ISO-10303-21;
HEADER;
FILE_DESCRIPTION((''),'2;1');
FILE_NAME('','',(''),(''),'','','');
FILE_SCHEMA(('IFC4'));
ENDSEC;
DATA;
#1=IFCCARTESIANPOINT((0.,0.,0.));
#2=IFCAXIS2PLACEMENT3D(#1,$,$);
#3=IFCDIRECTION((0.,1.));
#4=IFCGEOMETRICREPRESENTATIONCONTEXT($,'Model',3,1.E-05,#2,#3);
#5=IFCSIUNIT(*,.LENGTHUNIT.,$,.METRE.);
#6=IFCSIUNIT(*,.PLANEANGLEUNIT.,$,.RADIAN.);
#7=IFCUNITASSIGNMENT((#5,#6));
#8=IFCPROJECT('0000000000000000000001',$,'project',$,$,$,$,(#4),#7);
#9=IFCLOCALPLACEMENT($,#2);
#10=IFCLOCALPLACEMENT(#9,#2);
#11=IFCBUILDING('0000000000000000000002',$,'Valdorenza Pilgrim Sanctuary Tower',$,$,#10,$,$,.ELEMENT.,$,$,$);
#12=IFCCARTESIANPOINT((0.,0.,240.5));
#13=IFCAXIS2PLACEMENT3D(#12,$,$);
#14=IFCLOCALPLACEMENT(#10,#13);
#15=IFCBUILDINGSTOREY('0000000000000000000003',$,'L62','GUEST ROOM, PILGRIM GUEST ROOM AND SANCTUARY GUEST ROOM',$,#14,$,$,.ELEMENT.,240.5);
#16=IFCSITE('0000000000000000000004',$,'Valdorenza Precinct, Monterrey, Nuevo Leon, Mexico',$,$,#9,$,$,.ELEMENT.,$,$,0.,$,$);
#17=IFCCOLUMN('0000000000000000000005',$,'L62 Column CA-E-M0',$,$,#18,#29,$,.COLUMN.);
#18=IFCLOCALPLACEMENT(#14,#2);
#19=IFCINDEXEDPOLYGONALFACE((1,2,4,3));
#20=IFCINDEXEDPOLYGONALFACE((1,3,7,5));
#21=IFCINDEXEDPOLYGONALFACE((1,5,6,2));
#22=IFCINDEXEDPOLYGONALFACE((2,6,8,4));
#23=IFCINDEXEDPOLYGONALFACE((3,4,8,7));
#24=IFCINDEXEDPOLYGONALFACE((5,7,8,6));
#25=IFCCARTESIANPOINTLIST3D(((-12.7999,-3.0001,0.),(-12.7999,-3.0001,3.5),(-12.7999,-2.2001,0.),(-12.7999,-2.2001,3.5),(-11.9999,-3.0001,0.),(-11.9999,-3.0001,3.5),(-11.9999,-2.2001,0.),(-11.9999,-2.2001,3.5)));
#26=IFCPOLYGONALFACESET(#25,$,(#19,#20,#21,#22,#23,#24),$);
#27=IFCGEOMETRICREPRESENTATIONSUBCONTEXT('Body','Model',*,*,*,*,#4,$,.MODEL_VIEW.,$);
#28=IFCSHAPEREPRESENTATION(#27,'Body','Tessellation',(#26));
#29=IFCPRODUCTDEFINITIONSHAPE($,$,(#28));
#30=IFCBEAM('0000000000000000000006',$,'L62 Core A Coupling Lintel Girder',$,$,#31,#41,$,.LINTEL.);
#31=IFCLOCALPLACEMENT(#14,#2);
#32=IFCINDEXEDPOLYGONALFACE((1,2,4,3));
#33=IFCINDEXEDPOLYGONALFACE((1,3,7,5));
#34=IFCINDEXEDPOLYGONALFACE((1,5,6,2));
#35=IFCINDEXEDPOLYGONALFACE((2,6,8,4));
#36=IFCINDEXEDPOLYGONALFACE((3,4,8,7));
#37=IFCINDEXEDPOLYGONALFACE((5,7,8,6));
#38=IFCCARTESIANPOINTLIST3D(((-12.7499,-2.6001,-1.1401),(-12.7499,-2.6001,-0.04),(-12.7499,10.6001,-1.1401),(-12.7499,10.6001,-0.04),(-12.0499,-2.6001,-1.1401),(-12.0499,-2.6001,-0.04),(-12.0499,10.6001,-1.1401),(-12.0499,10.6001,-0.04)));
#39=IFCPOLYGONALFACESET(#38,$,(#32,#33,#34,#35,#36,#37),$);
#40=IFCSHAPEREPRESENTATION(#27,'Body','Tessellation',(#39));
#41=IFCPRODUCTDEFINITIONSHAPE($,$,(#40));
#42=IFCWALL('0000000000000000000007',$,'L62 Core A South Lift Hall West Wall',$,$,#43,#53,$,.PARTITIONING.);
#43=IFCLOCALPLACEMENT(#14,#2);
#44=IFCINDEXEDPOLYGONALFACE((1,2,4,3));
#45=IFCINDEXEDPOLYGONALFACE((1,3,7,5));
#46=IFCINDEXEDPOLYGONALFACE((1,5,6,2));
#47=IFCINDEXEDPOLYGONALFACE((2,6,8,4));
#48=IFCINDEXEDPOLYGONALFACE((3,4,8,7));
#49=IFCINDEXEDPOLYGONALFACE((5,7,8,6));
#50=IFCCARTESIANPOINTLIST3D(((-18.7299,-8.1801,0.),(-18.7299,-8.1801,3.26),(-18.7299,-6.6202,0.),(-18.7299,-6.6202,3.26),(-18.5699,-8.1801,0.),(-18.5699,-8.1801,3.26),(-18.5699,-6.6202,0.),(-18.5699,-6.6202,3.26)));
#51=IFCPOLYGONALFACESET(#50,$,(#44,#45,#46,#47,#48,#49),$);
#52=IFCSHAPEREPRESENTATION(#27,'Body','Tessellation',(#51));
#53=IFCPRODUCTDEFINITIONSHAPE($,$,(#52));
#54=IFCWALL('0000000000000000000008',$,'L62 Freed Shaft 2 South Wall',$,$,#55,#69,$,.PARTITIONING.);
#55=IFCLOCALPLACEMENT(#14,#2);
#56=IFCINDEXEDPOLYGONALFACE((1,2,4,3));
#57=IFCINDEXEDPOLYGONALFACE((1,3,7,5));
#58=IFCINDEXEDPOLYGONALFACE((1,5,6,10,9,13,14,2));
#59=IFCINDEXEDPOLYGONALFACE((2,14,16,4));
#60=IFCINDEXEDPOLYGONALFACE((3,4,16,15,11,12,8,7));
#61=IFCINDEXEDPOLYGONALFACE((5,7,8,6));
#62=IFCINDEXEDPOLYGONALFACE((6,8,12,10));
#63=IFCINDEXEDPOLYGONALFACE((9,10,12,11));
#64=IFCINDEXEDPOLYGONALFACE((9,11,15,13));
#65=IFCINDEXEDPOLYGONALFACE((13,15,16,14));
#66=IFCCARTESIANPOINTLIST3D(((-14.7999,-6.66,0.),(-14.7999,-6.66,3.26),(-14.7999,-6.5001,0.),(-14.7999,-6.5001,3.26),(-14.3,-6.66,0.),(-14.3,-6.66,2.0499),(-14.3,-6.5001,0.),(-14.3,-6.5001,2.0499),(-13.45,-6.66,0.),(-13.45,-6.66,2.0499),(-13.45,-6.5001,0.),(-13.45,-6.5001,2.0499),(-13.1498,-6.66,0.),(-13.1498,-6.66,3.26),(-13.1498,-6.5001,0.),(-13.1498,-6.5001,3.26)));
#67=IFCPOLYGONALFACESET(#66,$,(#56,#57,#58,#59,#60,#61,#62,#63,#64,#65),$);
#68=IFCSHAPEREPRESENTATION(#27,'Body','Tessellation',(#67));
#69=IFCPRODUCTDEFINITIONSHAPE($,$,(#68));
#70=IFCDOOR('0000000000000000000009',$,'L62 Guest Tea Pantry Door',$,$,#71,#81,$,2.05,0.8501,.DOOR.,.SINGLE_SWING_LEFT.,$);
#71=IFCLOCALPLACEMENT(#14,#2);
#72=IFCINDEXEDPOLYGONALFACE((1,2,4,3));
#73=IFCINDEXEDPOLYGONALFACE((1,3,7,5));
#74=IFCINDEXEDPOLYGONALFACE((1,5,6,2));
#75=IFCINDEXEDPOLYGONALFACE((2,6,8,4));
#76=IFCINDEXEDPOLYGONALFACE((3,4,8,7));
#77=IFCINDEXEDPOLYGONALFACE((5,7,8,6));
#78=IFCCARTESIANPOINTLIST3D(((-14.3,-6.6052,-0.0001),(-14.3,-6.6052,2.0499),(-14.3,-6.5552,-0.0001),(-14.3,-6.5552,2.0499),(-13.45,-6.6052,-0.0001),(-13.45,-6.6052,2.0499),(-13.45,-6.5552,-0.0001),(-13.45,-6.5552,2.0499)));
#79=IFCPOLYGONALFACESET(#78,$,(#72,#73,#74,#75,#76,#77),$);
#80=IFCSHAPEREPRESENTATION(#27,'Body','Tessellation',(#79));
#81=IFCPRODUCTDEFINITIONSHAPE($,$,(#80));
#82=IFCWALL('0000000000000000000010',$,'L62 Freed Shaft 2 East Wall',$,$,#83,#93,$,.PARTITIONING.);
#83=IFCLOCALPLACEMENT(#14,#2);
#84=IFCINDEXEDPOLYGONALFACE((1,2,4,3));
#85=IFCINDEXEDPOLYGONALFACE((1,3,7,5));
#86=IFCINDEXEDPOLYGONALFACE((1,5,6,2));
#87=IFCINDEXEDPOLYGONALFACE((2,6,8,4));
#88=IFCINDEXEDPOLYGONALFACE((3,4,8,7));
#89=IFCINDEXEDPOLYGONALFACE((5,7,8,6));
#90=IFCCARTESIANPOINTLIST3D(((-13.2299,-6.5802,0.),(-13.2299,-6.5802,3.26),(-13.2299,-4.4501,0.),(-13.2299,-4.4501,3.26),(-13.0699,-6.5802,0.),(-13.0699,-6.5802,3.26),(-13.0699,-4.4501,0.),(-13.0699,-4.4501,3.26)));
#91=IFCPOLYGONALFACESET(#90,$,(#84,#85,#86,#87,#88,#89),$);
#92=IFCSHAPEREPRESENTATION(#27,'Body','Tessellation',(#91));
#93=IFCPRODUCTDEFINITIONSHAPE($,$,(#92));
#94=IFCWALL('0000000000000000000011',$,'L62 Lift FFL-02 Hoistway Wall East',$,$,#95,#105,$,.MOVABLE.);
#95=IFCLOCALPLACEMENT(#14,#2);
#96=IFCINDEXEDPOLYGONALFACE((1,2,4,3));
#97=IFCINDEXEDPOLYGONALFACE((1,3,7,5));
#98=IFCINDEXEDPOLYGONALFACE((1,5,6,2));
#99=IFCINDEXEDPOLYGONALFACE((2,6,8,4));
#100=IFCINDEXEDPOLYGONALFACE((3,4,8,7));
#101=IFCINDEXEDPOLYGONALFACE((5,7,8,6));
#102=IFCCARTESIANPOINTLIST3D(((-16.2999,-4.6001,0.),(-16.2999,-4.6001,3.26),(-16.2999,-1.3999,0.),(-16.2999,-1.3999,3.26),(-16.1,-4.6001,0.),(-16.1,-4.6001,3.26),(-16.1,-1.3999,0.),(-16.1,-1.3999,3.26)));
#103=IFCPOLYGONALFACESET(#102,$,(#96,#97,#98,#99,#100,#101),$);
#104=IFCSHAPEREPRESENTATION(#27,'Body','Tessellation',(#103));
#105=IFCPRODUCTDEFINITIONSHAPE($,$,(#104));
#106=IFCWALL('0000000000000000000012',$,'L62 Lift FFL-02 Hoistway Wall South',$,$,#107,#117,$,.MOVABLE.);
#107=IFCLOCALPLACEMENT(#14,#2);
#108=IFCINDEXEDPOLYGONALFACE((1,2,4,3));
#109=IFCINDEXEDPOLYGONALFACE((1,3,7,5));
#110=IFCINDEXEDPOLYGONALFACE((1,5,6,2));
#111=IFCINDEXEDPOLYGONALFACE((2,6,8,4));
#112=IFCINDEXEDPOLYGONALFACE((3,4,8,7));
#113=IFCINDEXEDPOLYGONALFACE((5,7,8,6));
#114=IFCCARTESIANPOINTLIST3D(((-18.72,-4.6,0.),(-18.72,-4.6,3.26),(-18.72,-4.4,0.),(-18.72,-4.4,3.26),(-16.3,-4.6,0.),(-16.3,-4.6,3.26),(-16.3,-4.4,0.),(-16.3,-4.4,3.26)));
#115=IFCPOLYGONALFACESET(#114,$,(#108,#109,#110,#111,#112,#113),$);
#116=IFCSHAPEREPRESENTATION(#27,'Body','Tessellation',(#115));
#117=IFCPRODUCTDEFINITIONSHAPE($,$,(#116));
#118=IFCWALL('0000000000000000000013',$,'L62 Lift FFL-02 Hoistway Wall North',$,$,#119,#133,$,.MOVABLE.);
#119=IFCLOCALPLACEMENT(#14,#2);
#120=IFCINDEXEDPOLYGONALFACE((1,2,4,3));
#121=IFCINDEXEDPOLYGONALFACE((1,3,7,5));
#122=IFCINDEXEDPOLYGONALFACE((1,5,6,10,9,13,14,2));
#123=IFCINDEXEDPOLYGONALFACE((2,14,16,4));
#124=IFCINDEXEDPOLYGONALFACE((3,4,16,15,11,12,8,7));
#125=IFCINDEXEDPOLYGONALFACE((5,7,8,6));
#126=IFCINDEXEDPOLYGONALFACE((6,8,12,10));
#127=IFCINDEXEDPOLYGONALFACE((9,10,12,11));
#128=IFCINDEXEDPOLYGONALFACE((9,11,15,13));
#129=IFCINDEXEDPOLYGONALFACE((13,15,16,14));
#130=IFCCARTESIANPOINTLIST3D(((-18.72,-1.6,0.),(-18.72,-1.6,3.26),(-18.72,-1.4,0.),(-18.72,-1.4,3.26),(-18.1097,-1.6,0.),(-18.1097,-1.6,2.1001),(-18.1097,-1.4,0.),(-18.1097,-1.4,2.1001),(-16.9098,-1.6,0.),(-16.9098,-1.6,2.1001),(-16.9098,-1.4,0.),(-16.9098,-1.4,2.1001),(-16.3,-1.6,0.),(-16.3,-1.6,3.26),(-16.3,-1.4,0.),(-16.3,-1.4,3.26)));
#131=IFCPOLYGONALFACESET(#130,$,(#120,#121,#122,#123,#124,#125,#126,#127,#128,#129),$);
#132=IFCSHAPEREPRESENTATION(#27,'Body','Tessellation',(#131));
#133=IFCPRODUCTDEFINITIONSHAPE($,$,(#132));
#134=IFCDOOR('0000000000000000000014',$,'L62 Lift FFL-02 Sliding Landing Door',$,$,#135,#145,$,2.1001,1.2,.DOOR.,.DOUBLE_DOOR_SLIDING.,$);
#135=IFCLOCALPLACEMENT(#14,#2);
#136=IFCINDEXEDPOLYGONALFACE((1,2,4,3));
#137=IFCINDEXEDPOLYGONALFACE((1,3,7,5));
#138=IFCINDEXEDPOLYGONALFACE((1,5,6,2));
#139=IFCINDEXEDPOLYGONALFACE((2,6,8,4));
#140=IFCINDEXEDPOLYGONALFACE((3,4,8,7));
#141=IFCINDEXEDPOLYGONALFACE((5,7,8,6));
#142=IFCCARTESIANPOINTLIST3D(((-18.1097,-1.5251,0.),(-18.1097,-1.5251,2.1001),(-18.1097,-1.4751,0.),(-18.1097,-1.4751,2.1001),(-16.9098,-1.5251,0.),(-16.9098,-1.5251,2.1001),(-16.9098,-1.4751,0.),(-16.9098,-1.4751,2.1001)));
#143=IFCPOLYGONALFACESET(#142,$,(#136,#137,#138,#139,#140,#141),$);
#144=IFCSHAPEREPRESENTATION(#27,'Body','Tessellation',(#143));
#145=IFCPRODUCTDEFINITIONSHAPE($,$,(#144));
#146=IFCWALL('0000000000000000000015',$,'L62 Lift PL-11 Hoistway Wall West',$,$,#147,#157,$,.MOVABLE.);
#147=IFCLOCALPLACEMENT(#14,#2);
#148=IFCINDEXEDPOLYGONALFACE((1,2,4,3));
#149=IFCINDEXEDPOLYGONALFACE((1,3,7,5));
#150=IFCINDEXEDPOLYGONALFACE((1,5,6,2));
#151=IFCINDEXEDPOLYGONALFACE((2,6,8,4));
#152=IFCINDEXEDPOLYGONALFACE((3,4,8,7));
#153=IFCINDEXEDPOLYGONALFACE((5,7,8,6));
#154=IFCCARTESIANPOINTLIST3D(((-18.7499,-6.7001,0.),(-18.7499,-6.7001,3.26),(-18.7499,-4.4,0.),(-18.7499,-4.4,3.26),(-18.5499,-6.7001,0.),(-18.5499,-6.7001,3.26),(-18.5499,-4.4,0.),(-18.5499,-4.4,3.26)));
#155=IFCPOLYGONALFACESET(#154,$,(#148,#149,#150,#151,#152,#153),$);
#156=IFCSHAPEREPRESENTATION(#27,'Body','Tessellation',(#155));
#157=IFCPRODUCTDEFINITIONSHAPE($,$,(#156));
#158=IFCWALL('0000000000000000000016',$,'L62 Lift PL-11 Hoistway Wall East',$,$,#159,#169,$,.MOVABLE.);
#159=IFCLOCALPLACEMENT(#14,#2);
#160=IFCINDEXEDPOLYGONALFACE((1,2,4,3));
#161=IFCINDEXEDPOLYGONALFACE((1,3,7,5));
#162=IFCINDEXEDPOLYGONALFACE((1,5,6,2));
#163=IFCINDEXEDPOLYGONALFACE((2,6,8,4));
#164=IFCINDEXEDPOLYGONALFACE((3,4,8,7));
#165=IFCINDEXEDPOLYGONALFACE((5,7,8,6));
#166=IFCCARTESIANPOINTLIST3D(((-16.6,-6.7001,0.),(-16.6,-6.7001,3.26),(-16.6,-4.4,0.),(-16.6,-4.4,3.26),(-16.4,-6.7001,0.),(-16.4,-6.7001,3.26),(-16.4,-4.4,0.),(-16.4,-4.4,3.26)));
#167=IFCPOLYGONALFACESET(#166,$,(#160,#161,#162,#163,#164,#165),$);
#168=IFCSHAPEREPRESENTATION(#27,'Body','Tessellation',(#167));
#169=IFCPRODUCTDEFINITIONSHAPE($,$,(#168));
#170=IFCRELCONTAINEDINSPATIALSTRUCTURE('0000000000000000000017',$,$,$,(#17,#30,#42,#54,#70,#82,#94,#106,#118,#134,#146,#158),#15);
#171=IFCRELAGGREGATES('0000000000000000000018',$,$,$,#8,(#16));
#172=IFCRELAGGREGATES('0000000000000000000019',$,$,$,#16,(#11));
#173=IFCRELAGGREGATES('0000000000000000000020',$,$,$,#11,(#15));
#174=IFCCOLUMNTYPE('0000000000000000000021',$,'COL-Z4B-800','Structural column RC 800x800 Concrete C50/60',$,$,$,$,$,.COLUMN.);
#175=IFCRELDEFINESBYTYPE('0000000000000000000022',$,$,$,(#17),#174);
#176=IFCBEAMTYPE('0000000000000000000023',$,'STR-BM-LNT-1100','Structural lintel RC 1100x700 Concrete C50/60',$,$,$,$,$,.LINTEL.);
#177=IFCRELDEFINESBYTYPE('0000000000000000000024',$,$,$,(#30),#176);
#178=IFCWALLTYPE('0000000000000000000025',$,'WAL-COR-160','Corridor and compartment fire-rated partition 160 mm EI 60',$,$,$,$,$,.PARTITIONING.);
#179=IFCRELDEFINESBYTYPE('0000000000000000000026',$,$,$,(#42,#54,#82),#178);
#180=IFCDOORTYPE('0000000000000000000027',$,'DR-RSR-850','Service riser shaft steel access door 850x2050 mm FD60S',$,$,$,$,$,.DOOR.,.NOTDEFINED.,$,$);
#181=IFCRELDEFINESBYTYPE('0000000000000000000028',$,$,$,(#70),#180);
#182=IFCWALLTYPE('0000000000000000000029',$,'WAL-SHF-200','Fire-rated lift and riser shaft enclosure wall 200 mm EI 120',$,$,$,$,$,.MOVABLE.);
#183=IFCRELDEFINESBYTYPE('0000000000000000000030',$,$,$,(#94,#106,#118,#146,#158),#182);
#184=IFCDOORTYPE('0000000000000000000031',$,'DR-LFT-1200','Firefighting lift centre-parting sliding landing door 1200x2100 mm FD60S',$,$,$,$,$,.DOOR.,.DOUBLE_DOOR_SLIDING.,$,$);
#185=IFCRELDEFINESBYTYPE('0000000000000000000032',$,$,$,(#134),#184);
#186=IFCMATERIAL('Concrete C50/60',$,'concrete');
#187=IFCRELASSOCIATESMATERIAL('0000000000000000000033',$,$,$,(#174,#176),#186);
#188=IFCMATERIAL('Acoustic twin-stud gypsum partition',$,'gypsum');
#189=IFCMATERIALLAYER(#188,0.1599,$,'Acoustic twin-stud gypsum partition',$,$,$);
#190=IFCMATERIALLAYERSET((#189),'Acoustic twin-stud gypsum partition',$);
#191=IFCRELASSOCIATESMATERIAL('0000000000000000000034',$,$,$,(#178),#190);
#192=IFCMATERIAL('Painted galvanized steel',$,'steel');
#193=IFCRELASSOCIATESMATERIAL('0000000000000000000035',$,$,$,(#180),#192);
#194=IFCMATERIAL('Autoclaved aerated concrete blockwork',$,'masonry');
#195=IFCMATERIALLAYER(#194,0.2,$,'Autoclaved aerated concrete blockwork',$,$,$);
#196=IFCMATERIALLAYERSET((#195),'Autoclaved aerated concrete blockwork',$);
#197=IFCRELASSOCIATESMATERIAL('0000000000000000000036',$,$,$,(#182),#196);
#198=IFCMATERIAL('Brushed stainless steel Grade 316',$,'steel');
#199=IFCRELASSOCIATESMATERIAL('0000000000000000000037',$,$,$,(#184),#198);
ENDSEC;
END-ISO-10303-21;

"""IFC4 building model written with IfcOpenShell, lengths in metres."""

from ifc_helpers import new_model, si_unit, direction, frame, frame_2d, origin, origin_2d, place, context, subcontext, project, spatial, rectangle, extrude, source, transform, mapped, material, layer, layer_set, material_profile, profile_set, type_object, element, fill, save


model = new_model("IFC4")

# Units and contexts
model_context = context("Model", 3, precision=1e-05, world=origin(), true_north=direction((0.0, 1.0)))
body_context = subcontext(model_context, "Body", "Model", "MODEL_VIEW")
ifc_project = project(units=[si_unit("LENGTHUNIT", "METRE"), si_unit("PLANEANGLEUNIT", "RADIAN")], contexts=[model_context])

# Site, building, storey
site_placement = place(None, origin())
site = spatial("IfcSite", under=ifc_project, at=site_placement, Name="Valdorenza Precinct, Monterrey, Nuevo Leon, Mexico", CompositionType="ELEMENT", RefElevation=0.0)
building_placement = place(site_placement, origin())
building = spatial("IfcBuilding", under=site, at=building_placement, Name="Valdorenza Pilgrim Sanctuary Tower", CompositionType="ELEMENT")
storey_placement = place(building_placement, frame((0.0, 0.0, 240.5)))
storey = spatial("IfcBuildingStorey", under=building, at=storey_placement, Name="L62", Description="GUEST ROOM, PILGRIM GUEST ROOM AND SANCTUARY GUEST ROOM", CompositionType="ELEMENT", Elevation=240.5)

# Column
ifc_material_1 = material(Name="Concrete C50/60", Category="concrete")
ifc_material_profile_1 = material_profile(ifc_material_1, rectangle(XDim=0.8, YDim=0.8, at=origin_2d()), Name="RC 800x800")
ifc_profile_set_1 = profile_set([ifc_material_profile_1], Name="Concrete C50/60")
column_type = type_object("IfcColumnType", Name="COL-Z4B-800", Description="Structural column RC 800x800 Concrete C50/60", PredefinedType="COLUMN", material=ifc_profile_set_1)
shared_shape_1 = source(origin(), body_context, "Body", "SweptSolid", [
    extrude(rectangle(XDim=0.8, YDim=0.8, at=origin_2d()), origin(), (0.0, 0.0, 1.0), 3.5),
])
column_placement = place(storey_placement, frame((-12.3999, -2.6001, 0.0), z_axis=(0.0, 0.0, 1.0), x_axis=(1.0, 0.0, 0.0)))
element("IfcColumn", 1, at=column_placement, inside=storey, type_object=column_type, Name="L62 Column CA-E-M0", PredefinedType="COLUMN", context=body_context, shape_type="MappedRepresentation", body=[
    mapped(shared_shape_1, transform((0.0, 0.0, 0.0), x_axis=(1.0, 0.0, 0.0), y_axis=(0.0, 1.0, 0.0), z_axis=(0.0, 0.0, 1.0), scale=1.0)),
])

# Beam
ifc_material_profile_2 = material_profile(ifc_material_1, rectangle(XDim=0.7, YDim=1.1001, at=origin_2d()), Name="RC 1100x700")
ifc_profile_set_2 = profile_set([ifc_material_profile_2], Name="Concrete C50/60")
beam_type = type_object("IfcBeamType", Name="STR-BM-LNT-1100", Description="Structural lintel RC 1100x700 Concrete C50/60", PredefinedType="LINTEL", material=ifc_profile_set_2)
shared_shape_2 = source(origin(), body_context, "Body", "SweptSolid", [
    extrude(rectangle(XDim=0.7, YDim=1.1001, at=origin_2d()), origin(), (0.0, 0.0, 1.0), 13.2002),
])
beam_placement = place(storey_placement, frame((-12.3999, -2.6001, -0.5901), z_axis=(0.0, 1.0, 0.0), x_axis=(-1.0, 0.0, 0.0)))
element("IfcBeam", 2, at=beam_placement, inside=storey, type_object=beam_type, Name="L62 Core A Coupling Lintel Girder", PredefinedType="LINTEL", context=body_context, shape_type="MappedRepresentation", body=[
    mapped(shared_shape_2, transform((0.0, 0.0, 0.0), x_axis=(1.0, 0.0, 0.0), y_axis=(0.0, 1.0, 0.0), z_axis=(0.0, 0.0, 1.0), scale=1.0)),
])

# Wall
ifc_material_2 = material(Name="Acoustic twin-stud gypsum partition", Category="gypsum")
ifc_layer_1 = layer(ifc_material_2, 0.1599, Name="Acoustic twin-stud gypsum partition")
ifc_layer_set_1 = layer_set([ifc_layer_1], Name="Acoustic twin-stud gypsum partition")
wall_type_1 = type_object("IfcWallType", Name="WAL-COR-160", Description="Corridor and compartment fire-rated partition 160 mm EI 60", PredefinedType="PARTITIONING", material=ifc_layer_set_1)
wall_1_placement = place(storey_placement, frame((-18.6499, -8.1799, 0.0), z_axis=(0.0, 0.0, 1.0), x_axis=(0.0, 1.0, 0.0)))
element("IfcWall", 3, at=wall_1_placement, inside=storey, type_object=wall_type_1, Name="L62 Core A South Lift Hall West Wall", PredefinedType="PARTITIONING", context=body_context, shape_type="SweptSolid", body=[
    extrude(rectangle(XDim=1.5598, YDim=0.1599, at=frame_2d((0.7798, 0.0))), origin(), (0.0, 0.0, 1.0), 3.26),
])

# Wall, opening, door
wall_2_placement = place(storey_placement, frame((-14.8, -6.5801, 0.0), z_axis=(0.0, 0.0, 1.0), x_axis=(1.0, 0.0, 0.0)))
wall_2 = element("IfcWall", 4, at=wall_2_placement, inside=storey, type_object=wall_type_1, Name="L62 Freed Shaft 2 South Wall", PredefinedType="PARTITIONING", context=body_context, shape_type="SweptSolid", body=[
    extrude(rectangle(XDim=1.6501, YDim=0.1599, at=frame_2d((0.8252, 0.0))), origin(), (0.0, 0.0, 1.0), 3.26),
])
opening_1_placement = place(wall_2_placement, frame((0.5, 0.0, 0.0)))
opening_1 = element("IfcOpeningElement", 5, at=opening_1_placement, cuts=wall_2, PredefinedType="OPENING", context=body_context, shape_type="SweptSolid", body=[
    extrude(rectangle(XDim=0.8501, YDim=2.05, at=frame_2d((0.425, 1.0249))), frame((0.0, 0.0947, 0.0), z_axis=(0.0, -1.0, 0.0), x_axis=(1.0, 0.0, 0.0)), (0.0, 0.0, 1.0), 0.1897),
])
ifc_material_3 = material(Name="Painted galvanized steel", Category="steel")
door_type_1 = type_object("IfcDoorType", Name="DR-RSR-850", Description="Service riser shaft steel access door 850x2050 mm FD60S", OperationType="NOTDEFINED", PredefinedType="DOOR", material=ifc_material_3)
door_1_placement = place(opening_1_placement, origin())
door_1 = element("IfcDoor", 6, at=door_1_placement, inside=storey, type_object=door_type_1, Name="L62 Guest Tea Pantry Door", OperationType="SINGLE_SWING_LEFT", OverallHeight=2.05, OverallWidth=0.8501, PredefinedType="DOOR", context=body_context, shape_type="SweptSolid", body=[
    extrude(rectangle(XDim=0.8501, YDim=2.05, at=frame_2d((0.425, 1.0249))), frame((0.0, 0.0249, 0.0), z_axis=(0.0, -1.0, 0.0), x_axis=(1.0, 0.0, 0.0)), (0.0, 0.0, 1.0), 0.05),
])
fill(opening_1, door_1)

# Wall
wall_3_placement = place(storey_placement, frame((-13.1499, -6.5801, 0.0), z_axis=(0.0, 0.0, 1.0), x_axis=(0.0, 1.0, 0.0)))
element("IfcWall", 7, at=wall_3_placement, inside=storey, type_object=wall_type_1, Name="L62 Freed Shaft 2 East Wall", PredefinedType="PARTITIONING", context=body_context, shape_type="SweptSolid", body=[
    extrude(rectangle(XDim=2.1301, YDim=0.1599, at=frame_2d((1.0649, 0.0))), origin(), (0.0, 0.0, 1.0), 3.26),
])

# Walls
ifc_material_4 = material(Name="Autoclaved aerated concrete blockwork", Category="masonry")
ifc_layer_2 = layer(ifc_material_4, 0.2, Name="Autoclaved aerated concrete blockwork")
ifc_layer_set_2 = layer_set([ifc_layer_2], Name="Autoclaved aerated concrete blockwork")
wall_type_2 = type_object("IfcWallType", Name="WAL-SHF-200", Description="Fire-rated lift and riser shaft enclosure wall 200 mm EI 120", PredefinedType="MOVABLE", material=ifc_layer_set_2)
wall_4_placement = place(storey_placement, frame((-16.2, -4.6001, 0.0), z_axis=(0.0, 0.0, 1.0), x_axis=(0.0, 1.0, 0.0)))
element("IfcWall", 8, at=wall_4_placement, inside=storey, type_object=wall_type_2, Name="L62 Lift FFL-02 Hoistway Wall East", PredefinedType="MOVABLE", context=body_context, shape_type="SweptSolid", body=[
    extrude(rectangle(XDim=3.2002, YDim=0.2, at=frame_2d((1.6001, 0.0))), origin(), (0.0, 0.0, 1.0), 3.26),
])
wall_5_placement = place(storey_placement, frame((-18.72, -4.5, 0.0), z_axis=(0.0, 0.0, 1.0), x_axis=(1.0, 0.0, 0.0)))
element("IfcWall", 9, at=wall_5_placement, inside=storey, type_object=wall_type_2, Name="L62 Lift FFL-02 Hoistway Wall South", PredefinedType="MOVABLE", context=body_context, shape_type="SweptSolid", body=[
    extrude(rectangle(XDim=2.4199, YDim=0.2, at=frame_2d((1.21, 0.0))), origin(), (0.0, 0.0, 1.0), 3.26),
])

# Wall, opening, door
wall_6_placement = place(storey_placement, frame((-18.72, -1.5, 0.0), z_axis=(0.0, 0.0, 1.0), x_axis=(1.0, 0.0, 0.0)))
wall_6 = element("IfcWall", 10, at=wall_6_placement, inside=storey, type_object=wall_type_2, Name="L62 Lift FFL-02 Hoistway Wall North", PredefinedType="MOVABLE", context=body_context, shape_type="SweptSolid", body=[
    extrude(rectangle(XDim=2.4199, YDim=0.2, at=frame_2d((1.21, 0.0))), origin(), (0.0, 0.0, 1.0), 3.26),
])
opening_2_placement = place(wall_6_placement, frame((0.6101, 0.0, 0.0)))
opening_2 = element("IfcOpeningElement", 11, at=opening_2_placement, cuts=wall_6, PredefinedType="OPENING", context=body_context, shape_type="SweptSolid", body=[
    extrude(rectangle(XDim=1.2, YDim=2.1001, at=frame_2d((0.6001, 1.05))), frame((0.0, 0.1147, 0.0), z_axis=(0.0, -1.0, 0.0), x_axis=(1.0, 0.0, 0.0)), (0.0, 0.0, 1.0), 0.2297),
])
ifc_material_5 = material(Name="Brushed stainless steel Grade 316", Category="steel")
door_type_2 = type_object("IfcDoorType", Name="DR-LFT-1200", Description="Firefighting lift centre-parting sliding landing door 1200x2100 mm FD60S", OperationType="DOUBLE_DOOR_SLIDING", PredefinedType="DOOR", material=ifc_material_5)
door_2_placement = place(opening_2_placement, origin())
door_2 = element("IfcDoor", 12, at=door_2_placement, inside=storey, type_object=door_type_2, Name="L62 Lift FFL-02 Sliding Landing Door", OperationType="DOUBLE_DOOR_SLIDING", OverallHeight=2.1001, OverallWidth=1.2, PredefinedType="DOOR", context=body_context, shape_type="SweptSolid", body=[
    extrude(rectangle(XDim=1.2, YDim=2.1001, at=frame_2d((0.6001, 1.05))), frame((0.0, 0.0249, 0.0), z_axis=(0.0, -1.0, 0.0), x_axis=(1.0, 0.0, 0.0)), (0.0, 0.0, 1.0), 0.05),
])
fill(opening_2, door_2)

# Walls
for number, where, z_axis, x_axis, name in (
    (13, (-18.6499, -6.7, 0.0), (0.0, 0.0, 1.0), (0.0, 1.0, 0.0), "L62 Lift PL-11 Hoistway Wall West"),
    (14, (-16.5, -6.7, 0.0), (0.0, 0.0, 1.0), (0.0, 1.0, 0.0), "L62 Lift PL-11 Hoistway Wall East"),
):
    element("IfcWall", number, at=place(storey_placement, frame(where, z_axis=z_axis, x_axis=x_axis)), inside=storey, type_object=wall_type_2, Name=name, PredefinedType="MOVABLE", context=body_context, shape_type="SweptSolid", body=[
        extrude(rectangle(XDim=2.3, YDim=0.2, at=frame_2d((1.1499, 0.0))), origin(), (0.0, 0.0, 1.0), 3.26),
    ])

save(model, "model.ifc")
